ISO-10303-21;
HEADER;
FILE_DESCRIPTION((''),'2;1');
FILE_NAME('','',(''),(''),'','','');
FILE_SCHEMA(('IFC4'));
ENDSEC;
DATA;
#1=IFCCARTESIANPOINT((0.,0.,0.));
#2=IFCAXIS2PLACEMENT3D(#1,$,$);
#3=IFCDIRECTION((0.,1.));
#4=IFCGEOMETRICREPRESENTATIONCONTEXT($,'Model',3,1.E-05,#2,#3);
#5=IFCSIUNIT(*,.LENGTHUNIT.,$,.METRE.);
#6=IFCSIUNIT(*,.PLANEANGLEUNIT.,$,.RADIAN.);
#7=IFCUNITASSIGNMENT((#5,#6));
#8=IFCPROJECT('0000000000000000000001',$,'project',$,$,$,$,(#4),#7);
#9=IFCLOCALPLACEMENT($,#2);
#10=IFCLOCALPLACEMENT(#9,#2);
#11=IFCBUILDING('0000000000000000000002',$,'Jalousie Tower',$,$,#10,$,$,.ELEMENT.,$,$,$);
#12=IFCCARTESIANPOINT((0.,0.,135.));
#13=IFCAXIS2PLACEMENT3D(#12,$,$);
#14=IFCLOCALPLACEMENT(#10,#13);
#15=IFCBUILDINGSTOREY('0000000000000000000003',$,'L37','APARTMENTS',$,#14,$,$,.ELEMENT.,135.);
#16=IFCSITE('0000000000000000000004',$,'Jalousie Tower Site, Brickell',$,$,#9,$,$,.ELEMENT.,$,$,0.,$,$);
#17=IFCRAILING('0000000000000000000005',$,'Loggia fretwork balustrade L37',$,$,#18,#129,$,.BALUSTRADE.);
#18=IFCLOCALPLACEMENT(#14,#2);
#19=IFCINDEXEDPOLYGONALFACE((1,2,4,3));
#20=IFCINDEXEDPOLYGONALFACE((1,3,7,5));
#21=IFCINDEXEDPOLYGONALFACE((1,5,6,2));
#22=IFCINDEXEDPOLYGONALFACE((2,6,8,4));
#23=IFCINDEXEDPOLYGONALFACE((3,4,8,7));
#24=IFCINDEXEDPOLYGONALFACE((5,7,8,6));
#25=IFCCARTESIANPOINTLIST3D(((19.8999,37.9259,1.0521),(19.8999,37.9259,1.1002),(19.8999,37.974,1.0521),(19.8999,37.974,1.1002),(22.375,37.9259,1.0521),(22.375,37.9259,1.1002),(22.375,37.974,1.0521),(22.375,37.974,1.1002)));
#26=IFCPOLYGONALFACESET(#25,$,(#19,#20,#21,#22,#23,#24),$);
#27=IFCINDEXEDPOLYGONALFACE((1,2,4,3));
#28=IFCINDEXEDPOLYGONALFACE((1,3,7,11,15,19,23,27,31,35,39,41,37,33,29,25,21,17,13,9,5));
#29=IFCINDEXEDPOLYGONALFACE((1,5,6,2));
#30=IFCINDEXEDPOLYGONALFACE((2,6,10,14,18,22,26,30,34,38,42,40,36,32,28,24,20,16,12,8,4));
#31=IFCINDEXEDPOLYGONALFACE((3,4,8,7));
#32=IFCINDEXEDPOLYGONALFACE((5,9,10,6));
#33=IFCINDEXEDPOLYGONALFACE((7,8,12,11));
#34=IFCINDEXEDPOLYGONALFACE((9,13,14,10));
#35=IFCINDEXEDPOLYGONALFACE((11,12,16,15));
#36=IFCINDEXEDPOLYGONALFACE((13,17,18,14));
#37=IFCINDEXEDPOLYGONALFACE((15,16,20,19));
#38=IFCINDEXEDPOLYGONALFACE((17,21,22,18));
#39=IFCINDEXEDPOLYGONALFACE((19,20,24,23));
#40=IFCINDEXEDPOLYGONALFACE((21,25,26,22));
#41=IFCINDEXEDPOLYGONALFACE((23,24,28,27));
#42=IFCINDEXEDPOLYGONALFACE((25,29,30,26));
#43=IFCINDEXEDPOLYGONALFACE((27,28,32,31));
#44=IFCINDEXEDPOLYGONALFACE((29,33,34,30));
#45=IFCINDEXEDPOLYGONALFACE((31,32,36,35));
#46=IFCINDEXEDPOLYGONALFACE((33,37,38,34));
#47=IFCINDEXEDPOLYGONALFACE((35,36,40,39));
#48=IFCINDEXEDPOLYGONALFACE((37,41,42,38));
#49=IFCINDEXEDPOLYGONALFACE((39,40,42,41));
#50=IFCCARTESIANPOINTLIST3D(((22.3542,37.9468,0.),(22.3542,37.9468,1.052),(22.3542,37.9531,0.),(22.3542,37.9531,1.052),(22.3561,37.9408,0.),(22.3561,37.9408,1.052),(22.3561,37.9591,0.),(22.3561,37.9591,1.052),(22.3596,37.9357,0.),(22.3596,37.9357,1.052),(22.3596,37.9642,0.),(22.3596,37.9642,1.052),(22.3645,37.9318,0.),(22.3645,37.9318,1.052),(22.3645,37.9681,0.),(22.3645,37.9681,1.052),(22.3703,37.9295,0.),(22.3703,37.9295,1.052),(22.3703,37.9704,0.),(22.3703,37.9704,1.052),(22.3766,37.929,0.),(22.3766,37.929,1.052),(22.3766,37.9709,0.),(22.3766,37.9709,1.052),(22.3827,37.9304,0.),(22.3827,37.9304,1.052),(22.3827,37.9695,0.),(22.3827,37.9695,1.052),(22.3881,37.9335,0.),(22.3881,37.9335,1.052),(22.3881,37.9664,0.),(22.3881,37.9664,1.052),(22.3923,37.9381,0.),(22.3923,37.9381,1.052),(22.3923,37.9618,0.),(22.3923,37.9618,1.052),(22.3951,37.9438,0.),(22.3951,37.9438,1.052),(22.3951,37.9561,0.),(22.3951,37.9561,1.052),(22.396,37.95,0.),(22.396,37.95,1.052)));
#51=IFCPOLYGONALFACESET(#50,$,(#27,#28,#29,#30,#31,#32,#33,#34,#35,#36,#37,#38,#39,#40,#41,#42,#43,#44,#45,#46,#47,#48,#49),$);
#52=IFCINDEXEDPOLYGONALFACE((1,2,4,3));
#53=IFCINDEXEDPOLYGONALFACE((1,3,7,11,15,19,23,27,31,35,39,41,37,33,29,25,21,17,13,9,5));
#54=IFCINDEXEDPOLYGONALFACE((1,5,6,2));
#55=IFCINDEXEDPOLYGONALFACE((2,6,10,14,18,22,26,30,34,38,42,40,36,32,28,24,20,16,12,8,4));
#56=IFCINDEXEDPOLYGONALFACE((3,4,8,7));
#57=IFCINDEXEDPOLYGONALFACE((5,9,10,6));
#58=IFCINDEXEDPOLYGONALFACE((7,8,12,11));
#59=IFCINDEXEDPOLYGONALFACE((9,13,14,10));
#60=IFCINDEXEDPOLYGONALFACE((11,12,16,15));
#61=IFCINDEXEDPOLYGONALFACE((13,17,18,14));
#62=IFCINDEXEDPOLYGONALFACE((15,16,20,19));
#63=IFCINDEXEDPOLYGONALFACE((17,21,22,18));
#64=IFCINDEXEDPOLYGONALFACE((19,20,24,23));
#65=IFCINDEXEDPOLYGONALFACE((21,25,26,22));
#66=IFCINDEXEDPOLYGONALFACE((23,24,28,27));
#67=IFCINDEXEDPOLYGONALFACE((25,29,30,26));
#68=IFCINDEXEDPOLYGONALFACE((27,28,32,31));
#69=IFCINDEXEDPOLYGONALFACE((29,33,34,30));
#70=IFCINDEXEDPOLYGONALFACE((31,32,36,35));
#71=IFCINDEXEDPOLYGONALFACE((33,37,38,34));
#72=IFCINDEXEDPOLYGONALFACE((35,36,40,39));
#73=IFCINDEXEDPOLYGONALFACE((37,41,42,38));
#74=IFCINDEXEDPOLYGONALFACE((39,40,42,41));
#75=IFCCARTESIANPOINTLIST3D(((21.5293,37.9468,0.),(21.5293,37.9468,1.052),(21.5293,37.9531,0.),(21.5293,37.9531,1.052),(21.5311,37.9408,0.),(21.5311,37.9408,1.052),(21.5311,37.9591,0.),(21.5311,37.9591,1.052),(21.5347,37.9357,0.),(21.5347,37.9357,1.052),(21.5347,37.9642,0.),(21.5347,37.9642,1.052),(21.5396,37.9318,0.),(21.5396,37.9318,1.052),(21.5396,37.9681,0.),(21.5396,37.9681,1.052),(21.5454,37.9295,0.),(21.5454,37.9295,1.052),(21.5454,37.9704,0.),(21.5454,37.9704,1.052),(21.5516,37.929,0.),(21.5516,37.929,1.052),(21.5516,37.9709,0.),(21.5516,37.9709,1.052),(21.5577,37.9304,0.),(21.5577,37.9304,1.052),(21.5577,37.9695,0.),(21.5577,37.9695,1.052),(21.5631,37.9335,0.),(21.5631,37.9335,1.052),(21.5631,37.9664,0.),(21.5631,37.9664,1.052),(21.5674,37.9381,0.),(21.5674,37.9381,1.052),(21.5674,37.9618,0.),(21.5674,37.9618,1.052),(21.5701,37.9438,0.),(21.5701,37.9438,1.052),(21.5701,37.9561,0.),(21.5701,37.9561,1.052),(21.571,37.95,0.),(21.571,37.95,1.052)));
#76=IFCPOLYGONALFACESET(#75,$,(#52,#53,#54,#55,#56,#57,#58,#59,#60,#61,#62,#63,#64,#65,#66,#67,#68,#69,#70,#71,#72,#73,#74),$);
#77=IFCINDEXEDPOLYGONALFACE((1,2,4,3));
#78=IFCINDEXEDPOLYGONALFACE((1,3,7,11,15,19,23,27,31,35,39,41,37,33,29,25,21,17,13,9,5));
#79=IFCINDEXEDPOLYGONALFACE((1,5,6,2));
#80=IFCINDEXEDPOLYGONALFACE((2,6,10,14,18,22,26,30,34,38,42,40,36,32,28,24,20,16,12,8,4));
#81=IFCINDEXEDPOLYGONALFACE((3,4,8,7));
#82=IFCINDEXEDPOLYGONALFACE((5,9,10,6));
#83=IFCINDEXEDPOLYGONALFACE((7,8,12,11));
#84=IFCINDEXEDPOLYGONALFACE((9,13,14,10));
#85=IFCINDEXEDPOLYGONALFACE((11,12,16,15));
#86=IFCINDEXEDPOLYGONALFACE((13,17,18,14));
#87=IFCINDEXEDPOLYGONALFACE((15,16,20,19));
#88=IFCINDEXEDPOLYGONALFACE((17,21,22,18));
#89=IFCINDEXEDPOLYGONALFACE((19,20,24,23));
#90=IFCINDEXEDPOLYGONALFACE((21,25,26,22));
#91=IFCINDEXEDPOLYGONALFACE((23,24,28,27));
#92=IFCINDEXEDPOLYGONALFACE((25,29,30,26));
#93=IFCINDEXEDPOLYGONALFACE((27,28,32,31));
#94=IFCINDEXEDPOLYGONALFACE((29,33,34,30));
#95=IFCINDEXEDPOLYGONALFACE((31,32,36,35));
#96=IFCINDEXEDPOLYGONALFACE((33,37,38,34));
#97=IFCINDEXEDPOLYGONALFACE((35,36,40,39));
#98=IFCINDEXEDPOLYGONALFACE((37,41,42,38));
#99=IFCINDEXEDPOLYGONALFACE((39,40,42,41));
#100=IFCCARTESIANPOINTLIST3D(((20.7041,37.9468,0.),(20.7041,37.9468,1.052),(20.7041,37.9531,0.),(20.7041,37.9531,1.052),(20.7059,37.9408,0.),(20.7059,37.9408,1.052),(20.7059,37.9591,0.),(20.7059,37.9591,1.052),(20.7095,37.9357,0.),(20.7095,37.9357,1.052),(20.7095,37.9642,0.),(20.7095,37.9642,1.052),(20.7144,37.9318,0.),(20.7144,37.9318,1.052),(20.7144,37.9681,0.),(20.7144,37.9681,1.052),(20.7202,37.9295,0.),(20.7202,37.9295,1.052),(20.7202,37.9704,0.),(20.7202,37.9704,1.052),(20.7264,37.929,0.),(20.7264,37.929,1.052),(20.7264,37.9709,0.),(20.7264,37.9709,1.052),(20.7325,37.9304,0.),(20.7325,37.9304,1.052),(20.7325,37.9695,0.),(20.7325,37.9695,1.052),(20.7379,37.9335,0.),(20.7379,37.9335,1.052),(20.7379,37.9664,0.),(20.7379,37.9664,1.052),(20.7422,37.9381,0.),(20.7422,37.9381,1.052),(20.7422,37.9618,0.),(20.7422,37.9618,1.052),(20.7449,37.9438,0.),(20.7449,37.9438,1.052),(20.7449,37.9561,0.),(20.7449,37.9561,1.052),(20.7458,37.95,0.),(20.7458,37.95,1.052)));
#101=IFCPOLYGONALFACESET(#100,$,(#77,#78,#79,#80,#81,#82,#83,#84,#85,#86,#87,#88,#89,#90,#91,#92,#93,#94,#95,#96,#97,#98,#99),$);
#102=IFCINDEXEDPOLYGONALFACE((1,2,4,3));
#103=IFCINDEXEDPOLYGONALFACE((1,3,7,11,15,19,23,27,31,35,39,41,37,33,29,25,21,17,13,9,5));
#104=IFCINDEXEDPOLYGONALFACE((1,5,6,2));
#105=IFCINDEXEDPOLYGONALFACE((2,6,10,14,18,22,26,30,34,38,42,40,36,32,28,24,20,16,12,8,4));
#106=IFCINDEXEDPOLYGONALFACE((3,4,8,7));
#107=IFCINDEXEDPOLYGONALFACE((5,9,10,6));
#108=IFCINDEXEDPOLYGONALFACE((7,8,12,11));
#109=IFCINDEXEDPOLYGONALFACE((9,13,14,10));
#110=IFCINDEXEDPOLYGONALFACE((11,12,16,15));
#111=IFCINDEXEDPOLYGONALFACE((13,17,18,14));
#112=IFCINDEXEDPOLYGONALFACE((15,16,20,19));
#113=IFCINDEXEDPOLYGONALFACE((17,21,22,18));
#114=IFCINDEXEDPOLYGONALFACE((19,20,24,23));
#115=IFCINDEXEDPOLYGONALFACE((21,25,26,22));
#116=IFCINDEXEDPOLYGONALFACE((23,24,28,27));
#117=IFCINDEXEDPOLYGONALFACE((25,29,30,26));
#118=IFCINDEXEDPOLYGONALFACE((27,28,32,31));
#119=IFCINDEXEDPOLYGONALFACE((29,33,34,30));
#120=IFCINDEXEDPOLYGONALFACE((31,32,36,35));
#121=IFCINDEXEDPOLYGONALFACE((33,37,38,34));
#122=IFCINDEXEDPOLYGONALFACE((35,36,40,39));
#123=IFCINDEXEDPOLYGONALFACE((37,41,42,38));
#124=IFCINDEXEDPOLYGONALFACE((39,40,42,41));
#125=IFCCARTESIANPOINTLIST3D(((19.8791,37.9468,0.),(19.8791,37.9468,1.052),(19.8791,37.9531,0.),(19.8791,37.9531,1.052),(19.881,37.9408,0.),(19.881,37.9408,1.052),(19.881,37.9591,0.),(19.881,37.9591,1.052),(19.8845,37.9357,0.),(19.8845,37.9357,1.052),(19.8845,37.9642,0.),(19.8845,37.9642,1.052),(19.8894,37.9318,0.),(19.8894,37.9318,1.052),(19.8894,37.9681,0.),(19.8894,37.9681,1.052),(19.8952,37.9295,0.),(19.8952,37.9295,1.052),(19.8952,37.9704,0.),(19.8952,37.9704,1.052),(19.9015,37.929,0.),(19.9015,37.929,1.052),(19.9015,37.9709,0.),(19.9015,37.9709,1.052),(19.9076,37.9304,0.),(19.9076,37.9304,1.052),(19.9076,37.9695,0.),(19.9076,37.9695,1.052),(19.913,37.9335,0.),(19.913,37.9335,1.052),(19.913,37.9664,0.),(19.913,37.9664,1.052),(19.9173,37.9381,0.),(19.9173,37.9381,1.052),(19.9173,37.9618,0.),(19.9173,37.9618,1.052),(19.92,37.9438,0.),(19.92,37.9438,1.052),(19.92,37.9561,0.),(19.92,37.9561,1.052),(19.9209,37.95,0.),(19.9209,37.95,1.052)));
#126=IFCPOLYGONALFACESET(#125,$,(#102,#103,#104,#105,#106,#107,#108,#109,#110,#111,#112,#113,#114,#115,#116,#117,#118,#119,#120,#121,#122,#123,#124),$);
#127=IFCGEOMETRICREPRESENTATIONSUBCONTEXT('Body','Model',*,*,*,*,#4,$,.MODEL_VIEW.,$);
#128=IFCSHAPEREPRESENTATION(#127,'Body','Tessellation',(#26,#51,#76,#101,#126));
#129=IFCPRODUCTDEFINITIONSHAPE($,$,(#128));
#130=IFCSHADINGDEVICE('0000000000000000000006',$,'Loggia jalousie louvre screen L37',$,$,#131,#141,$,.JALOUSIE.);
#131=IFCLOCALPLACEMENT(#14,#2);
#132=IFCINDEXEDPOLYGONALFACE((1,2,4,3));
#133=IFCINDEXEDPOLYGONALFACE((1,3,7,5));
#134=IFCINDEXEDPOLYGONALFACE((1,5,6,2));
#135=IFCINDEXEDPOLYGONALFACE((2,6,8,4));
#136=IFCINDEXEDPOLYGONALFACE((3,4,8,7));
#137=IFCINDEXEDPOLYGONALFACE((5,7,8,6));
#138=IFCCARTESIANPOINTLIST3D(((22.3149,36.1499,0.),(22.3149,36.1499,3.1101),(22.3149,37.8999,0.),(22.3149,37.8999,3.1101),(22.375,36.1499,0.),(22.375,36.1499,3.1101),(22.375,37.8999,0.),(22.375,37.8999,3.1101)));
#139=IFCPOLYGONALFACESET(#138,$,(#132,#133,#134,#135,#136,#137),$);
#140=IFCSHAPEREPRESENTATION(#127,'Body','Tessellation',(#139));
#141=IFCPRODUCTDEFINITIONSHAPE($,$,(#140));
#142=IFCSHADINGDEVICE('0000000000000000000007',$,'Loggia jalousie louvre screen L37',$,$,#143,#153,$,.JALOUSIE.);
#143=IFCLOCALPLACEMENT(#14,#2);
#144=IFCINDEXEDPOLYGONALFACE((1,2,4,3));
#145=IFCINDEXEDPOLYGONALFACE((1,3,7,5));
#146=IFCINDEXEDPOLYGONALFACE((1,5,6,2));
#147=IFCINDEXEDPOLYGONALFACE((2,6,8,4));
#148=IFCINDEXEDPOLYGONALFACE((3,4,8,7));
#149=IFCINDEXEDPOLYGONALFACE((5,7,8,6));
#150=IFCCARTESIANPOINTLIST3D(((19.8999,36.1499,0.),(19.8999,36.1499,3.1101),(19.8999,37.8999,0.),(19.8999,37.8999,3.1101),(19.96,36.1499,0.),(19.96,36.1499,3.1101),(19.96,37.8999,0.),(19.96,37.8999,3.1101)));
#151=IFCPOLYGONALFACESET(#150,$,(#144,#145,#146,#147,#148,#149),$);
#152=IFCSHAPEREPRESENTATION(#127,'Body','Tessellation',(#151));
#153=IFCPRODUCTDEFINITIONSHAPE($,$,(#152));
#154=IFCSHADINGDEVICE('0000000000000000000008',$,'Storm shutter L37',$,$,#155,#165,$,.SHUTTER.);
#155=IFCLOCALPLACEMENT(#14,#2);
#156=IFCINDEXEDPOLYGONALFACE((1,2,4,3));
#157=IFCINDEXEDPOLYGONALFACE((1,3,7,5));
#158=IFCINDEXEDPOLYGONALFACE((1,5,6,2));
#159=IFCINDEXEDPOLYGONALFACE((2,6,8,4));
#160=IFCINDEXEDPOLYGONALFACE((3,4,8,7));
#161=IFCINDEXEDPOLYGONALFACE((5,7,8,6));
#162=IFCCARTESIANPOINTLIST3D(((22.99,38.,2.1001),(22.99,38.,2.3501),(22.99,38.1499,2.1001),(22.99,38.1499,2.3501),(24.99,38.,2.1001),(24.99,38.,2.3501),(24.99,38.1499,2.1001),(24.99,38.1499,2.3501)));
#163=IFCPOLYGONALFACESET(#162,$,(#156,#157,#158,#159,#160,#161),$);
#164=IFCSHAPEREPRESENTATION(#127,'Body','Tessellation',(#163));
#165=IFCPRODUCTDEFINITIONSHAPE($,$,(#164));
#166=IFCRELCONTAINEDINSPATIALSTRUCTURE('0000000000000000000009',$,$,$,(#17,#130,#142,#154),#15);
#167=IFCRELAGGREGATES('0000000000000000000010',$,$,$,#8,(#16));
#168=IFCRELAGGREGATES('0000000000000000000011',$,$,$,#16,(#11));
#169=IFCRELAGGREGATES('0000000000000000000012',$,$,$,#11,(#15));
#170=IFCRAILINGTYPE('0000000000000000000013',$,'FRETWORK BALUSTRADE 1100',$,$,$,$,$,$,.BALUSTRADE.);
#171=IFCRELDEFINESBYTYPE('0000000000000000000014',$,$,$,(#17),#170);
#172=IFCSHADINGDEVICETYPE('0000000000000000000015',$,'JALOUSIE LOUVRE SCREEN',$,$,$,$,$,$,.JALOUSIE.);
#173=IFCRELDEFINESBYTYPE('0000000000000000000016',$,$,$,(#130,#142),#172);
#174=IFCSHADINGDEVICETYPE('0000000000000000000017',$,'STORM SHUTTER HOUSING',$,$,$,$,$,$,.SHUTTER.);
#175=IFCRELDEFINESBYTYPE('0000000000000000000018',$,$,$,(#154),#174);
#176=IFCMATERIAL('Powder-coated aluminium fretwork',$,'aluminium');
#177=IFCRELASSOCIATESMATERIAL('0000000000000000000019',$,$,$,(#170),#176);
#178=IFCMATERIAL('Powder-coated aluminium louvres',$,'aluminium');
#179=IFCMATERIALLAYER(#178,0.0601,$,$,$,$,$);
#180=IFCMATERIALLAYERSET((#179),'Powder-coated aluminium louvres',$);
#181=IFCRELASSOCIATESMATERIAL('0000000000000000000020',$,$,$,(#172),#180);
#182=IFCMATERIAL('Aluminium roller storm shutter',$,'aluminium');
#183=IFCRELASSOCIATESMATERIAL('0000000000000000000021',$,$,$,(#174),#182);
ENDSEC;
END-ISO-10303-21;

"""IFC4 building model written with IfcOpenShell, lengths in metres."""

from ifc_helpers import new_model, si_unit, direction, frame, origin, origin_2d, place, context, subcontext, project, spatial, rectangle, circle, extrude, material, layer, layer_set, type_object, element, save


model = new_model("IFC4")

# Units and contexts
model_context = context("Model", 3, precision=1e-05, world=origin(), true_north=direction((0.0, 1.0)))
body_context = subcontext(model_context, "Body", "Model", "MODEL_VIEW")
ifc_project = project(units=[si_unit("LENGTHUNIT", "METRE"), si_unit("PLANEANGLEUNIT", "RADIAN")], contexts=[model_context])

# Site, building, storey
site_placement = place(None, origin())
site = spatial("IfcSite", under=ifc_project, at=site_placement, Name="Jalousie Tower Site, Brickell", CompositionType="ELEMENT", RefElevation=0.0)
building_placement = place(site_placement, origin())
building = spatial("IfcBuilding", under=site, at=building_placement, Name="Jalousie Tower", CompositionType="ELEMENT")
storey_placement = place(building_placement, frame((0.0, 0.0, 135.0)))
storey = spatial("IfcBuildingStorey", under=building, at=storey_placement, Name="L37", Description="APARTMENTS", CompositionType="ELEMENT", Elevation=135.0)

# Railing
ifc_material_1 = material(Name="Powder-coated aluminium fretwork", Category="aluminium")
railing_type = type_object("IfcRailingType", Name="FRETWORK BALUSTRADE 1100", PredefinedType="BALUSTRADE", material=ifc_material_1)
railing_placement = place(storey_placement, frame((22.375, 37.95, 0.0)))
element("IfcRailing", 1, at=railing_placement, inside=storey, type_object=railing_type, Name="Loggia fretwork balustrade L37", PredefinedType="BALUSTRADE", context=body_context, shape_type="SweptSolid", body=[
    extrude(rectangle(XDim=0.0481, YDim=0.0481, at=origin_2d()), frame((0.0, 0.0, 1.0762), z_axis=(-1.0, 0.0, 0.0), x_axis=(0.0, -1.0, 0.0)), (0.0, 0.0, 1.0), 2.4751),
    extrude(circle(Radius=0.021, at=origin_2d()), origin(), (0.0, 0.0, 1.0), 1.052),
    extrude(circle(Radius=0.021, at=origin_2d()), frame((-0.825, 0.0, 0.0)), (0.0, 0.0, 1.0), 1.052),
    extrude(circle(Radius=0.021, at=origin_2d()), frame((-1.6501, 0.0, 0.0)), (0.0, 0.0, 1.0), 1.052),
    extrude(circle(Radius=0.021, at=origin_2d()), frame((-2.4751, 0.0, 0.0)), (0.0, 0.0, 1.0), 1.052),
])

# Shading devices
ifc_material_2 = material(Name="Powder-coated aluminium louvres", Category="aluminium")
ifc_layer_1 = layer(ifc_material_2, 0.0601)
ifc_layer_set_1 = layer_set([ifc_layer_1], Name="Powder-coated aluminium louvres")
shading_device_type_1 = type_object("IfcShadingDeviceType", Name="JALOUSIE LOUVRE SCREEN", PredefinedType="JALOUSIE", material=ifc_layer_set_1)
for number, where, z_axis, x_axis, name in (
    (2, (22.345, 37.0249, 0.0), (0.0, 0.0, 1.0), (-1.0, 0.0, 0.0), "Loggia jalousie louvre screen L37"),
    (3, (19.9299, 37.0249, 0.0), (0.0, 0.0, 1.0), (-1.0, 0.0, 0.0), "Loggia jalousie louvre screen L37"),
):
    element("IfcShadingDevice", number, at=place(storey_placement, frame(where, z_axis=z_axis, x_axis=x_axis)), inside=storey, type_object=shading_device_type_1, Name=name, PredefinedType="JALOUSIE", context=body_context, shape_type="SweptSolid", body=[
        extrude(rectangle(XDim=0.0601, YDim=1.75, at=origin_2d()), origin(), (0.0, 0.0, 1.0), 3.1101),
    ])
ifc_material_3 = material(Name="Aluminium roller storm shutter", Category="aluminium")
shading_device_type_2 = type_object("IfcShadingDeviceType", Name="STORM SHUTTER HOUSING", PredefinedType="SHUTTER", material=ifc_material_3)
shading_device_placement = place(storey_placement, frame((23.99, 38.075, 2.1001), z_axis=(0.0, 0.0, 1.0), x_axis=(-1.0, 0.0, 0.0)))
element("IfcShadingDevice", 4, at=shading_device_placement, inside=storey, type_object=shading_device_type_2, Name="Storm shutter L37", PredefinedType="SHUTTER", context=body_context, shape_type="SweptSolid", body=[
    extrude(rectangle(XDim=2.0, YDim=0.1499, at=origin_2d()), origin(), (0.0, 0.0, 1.0), 0.25),
])

save(model, "model.ifc")
